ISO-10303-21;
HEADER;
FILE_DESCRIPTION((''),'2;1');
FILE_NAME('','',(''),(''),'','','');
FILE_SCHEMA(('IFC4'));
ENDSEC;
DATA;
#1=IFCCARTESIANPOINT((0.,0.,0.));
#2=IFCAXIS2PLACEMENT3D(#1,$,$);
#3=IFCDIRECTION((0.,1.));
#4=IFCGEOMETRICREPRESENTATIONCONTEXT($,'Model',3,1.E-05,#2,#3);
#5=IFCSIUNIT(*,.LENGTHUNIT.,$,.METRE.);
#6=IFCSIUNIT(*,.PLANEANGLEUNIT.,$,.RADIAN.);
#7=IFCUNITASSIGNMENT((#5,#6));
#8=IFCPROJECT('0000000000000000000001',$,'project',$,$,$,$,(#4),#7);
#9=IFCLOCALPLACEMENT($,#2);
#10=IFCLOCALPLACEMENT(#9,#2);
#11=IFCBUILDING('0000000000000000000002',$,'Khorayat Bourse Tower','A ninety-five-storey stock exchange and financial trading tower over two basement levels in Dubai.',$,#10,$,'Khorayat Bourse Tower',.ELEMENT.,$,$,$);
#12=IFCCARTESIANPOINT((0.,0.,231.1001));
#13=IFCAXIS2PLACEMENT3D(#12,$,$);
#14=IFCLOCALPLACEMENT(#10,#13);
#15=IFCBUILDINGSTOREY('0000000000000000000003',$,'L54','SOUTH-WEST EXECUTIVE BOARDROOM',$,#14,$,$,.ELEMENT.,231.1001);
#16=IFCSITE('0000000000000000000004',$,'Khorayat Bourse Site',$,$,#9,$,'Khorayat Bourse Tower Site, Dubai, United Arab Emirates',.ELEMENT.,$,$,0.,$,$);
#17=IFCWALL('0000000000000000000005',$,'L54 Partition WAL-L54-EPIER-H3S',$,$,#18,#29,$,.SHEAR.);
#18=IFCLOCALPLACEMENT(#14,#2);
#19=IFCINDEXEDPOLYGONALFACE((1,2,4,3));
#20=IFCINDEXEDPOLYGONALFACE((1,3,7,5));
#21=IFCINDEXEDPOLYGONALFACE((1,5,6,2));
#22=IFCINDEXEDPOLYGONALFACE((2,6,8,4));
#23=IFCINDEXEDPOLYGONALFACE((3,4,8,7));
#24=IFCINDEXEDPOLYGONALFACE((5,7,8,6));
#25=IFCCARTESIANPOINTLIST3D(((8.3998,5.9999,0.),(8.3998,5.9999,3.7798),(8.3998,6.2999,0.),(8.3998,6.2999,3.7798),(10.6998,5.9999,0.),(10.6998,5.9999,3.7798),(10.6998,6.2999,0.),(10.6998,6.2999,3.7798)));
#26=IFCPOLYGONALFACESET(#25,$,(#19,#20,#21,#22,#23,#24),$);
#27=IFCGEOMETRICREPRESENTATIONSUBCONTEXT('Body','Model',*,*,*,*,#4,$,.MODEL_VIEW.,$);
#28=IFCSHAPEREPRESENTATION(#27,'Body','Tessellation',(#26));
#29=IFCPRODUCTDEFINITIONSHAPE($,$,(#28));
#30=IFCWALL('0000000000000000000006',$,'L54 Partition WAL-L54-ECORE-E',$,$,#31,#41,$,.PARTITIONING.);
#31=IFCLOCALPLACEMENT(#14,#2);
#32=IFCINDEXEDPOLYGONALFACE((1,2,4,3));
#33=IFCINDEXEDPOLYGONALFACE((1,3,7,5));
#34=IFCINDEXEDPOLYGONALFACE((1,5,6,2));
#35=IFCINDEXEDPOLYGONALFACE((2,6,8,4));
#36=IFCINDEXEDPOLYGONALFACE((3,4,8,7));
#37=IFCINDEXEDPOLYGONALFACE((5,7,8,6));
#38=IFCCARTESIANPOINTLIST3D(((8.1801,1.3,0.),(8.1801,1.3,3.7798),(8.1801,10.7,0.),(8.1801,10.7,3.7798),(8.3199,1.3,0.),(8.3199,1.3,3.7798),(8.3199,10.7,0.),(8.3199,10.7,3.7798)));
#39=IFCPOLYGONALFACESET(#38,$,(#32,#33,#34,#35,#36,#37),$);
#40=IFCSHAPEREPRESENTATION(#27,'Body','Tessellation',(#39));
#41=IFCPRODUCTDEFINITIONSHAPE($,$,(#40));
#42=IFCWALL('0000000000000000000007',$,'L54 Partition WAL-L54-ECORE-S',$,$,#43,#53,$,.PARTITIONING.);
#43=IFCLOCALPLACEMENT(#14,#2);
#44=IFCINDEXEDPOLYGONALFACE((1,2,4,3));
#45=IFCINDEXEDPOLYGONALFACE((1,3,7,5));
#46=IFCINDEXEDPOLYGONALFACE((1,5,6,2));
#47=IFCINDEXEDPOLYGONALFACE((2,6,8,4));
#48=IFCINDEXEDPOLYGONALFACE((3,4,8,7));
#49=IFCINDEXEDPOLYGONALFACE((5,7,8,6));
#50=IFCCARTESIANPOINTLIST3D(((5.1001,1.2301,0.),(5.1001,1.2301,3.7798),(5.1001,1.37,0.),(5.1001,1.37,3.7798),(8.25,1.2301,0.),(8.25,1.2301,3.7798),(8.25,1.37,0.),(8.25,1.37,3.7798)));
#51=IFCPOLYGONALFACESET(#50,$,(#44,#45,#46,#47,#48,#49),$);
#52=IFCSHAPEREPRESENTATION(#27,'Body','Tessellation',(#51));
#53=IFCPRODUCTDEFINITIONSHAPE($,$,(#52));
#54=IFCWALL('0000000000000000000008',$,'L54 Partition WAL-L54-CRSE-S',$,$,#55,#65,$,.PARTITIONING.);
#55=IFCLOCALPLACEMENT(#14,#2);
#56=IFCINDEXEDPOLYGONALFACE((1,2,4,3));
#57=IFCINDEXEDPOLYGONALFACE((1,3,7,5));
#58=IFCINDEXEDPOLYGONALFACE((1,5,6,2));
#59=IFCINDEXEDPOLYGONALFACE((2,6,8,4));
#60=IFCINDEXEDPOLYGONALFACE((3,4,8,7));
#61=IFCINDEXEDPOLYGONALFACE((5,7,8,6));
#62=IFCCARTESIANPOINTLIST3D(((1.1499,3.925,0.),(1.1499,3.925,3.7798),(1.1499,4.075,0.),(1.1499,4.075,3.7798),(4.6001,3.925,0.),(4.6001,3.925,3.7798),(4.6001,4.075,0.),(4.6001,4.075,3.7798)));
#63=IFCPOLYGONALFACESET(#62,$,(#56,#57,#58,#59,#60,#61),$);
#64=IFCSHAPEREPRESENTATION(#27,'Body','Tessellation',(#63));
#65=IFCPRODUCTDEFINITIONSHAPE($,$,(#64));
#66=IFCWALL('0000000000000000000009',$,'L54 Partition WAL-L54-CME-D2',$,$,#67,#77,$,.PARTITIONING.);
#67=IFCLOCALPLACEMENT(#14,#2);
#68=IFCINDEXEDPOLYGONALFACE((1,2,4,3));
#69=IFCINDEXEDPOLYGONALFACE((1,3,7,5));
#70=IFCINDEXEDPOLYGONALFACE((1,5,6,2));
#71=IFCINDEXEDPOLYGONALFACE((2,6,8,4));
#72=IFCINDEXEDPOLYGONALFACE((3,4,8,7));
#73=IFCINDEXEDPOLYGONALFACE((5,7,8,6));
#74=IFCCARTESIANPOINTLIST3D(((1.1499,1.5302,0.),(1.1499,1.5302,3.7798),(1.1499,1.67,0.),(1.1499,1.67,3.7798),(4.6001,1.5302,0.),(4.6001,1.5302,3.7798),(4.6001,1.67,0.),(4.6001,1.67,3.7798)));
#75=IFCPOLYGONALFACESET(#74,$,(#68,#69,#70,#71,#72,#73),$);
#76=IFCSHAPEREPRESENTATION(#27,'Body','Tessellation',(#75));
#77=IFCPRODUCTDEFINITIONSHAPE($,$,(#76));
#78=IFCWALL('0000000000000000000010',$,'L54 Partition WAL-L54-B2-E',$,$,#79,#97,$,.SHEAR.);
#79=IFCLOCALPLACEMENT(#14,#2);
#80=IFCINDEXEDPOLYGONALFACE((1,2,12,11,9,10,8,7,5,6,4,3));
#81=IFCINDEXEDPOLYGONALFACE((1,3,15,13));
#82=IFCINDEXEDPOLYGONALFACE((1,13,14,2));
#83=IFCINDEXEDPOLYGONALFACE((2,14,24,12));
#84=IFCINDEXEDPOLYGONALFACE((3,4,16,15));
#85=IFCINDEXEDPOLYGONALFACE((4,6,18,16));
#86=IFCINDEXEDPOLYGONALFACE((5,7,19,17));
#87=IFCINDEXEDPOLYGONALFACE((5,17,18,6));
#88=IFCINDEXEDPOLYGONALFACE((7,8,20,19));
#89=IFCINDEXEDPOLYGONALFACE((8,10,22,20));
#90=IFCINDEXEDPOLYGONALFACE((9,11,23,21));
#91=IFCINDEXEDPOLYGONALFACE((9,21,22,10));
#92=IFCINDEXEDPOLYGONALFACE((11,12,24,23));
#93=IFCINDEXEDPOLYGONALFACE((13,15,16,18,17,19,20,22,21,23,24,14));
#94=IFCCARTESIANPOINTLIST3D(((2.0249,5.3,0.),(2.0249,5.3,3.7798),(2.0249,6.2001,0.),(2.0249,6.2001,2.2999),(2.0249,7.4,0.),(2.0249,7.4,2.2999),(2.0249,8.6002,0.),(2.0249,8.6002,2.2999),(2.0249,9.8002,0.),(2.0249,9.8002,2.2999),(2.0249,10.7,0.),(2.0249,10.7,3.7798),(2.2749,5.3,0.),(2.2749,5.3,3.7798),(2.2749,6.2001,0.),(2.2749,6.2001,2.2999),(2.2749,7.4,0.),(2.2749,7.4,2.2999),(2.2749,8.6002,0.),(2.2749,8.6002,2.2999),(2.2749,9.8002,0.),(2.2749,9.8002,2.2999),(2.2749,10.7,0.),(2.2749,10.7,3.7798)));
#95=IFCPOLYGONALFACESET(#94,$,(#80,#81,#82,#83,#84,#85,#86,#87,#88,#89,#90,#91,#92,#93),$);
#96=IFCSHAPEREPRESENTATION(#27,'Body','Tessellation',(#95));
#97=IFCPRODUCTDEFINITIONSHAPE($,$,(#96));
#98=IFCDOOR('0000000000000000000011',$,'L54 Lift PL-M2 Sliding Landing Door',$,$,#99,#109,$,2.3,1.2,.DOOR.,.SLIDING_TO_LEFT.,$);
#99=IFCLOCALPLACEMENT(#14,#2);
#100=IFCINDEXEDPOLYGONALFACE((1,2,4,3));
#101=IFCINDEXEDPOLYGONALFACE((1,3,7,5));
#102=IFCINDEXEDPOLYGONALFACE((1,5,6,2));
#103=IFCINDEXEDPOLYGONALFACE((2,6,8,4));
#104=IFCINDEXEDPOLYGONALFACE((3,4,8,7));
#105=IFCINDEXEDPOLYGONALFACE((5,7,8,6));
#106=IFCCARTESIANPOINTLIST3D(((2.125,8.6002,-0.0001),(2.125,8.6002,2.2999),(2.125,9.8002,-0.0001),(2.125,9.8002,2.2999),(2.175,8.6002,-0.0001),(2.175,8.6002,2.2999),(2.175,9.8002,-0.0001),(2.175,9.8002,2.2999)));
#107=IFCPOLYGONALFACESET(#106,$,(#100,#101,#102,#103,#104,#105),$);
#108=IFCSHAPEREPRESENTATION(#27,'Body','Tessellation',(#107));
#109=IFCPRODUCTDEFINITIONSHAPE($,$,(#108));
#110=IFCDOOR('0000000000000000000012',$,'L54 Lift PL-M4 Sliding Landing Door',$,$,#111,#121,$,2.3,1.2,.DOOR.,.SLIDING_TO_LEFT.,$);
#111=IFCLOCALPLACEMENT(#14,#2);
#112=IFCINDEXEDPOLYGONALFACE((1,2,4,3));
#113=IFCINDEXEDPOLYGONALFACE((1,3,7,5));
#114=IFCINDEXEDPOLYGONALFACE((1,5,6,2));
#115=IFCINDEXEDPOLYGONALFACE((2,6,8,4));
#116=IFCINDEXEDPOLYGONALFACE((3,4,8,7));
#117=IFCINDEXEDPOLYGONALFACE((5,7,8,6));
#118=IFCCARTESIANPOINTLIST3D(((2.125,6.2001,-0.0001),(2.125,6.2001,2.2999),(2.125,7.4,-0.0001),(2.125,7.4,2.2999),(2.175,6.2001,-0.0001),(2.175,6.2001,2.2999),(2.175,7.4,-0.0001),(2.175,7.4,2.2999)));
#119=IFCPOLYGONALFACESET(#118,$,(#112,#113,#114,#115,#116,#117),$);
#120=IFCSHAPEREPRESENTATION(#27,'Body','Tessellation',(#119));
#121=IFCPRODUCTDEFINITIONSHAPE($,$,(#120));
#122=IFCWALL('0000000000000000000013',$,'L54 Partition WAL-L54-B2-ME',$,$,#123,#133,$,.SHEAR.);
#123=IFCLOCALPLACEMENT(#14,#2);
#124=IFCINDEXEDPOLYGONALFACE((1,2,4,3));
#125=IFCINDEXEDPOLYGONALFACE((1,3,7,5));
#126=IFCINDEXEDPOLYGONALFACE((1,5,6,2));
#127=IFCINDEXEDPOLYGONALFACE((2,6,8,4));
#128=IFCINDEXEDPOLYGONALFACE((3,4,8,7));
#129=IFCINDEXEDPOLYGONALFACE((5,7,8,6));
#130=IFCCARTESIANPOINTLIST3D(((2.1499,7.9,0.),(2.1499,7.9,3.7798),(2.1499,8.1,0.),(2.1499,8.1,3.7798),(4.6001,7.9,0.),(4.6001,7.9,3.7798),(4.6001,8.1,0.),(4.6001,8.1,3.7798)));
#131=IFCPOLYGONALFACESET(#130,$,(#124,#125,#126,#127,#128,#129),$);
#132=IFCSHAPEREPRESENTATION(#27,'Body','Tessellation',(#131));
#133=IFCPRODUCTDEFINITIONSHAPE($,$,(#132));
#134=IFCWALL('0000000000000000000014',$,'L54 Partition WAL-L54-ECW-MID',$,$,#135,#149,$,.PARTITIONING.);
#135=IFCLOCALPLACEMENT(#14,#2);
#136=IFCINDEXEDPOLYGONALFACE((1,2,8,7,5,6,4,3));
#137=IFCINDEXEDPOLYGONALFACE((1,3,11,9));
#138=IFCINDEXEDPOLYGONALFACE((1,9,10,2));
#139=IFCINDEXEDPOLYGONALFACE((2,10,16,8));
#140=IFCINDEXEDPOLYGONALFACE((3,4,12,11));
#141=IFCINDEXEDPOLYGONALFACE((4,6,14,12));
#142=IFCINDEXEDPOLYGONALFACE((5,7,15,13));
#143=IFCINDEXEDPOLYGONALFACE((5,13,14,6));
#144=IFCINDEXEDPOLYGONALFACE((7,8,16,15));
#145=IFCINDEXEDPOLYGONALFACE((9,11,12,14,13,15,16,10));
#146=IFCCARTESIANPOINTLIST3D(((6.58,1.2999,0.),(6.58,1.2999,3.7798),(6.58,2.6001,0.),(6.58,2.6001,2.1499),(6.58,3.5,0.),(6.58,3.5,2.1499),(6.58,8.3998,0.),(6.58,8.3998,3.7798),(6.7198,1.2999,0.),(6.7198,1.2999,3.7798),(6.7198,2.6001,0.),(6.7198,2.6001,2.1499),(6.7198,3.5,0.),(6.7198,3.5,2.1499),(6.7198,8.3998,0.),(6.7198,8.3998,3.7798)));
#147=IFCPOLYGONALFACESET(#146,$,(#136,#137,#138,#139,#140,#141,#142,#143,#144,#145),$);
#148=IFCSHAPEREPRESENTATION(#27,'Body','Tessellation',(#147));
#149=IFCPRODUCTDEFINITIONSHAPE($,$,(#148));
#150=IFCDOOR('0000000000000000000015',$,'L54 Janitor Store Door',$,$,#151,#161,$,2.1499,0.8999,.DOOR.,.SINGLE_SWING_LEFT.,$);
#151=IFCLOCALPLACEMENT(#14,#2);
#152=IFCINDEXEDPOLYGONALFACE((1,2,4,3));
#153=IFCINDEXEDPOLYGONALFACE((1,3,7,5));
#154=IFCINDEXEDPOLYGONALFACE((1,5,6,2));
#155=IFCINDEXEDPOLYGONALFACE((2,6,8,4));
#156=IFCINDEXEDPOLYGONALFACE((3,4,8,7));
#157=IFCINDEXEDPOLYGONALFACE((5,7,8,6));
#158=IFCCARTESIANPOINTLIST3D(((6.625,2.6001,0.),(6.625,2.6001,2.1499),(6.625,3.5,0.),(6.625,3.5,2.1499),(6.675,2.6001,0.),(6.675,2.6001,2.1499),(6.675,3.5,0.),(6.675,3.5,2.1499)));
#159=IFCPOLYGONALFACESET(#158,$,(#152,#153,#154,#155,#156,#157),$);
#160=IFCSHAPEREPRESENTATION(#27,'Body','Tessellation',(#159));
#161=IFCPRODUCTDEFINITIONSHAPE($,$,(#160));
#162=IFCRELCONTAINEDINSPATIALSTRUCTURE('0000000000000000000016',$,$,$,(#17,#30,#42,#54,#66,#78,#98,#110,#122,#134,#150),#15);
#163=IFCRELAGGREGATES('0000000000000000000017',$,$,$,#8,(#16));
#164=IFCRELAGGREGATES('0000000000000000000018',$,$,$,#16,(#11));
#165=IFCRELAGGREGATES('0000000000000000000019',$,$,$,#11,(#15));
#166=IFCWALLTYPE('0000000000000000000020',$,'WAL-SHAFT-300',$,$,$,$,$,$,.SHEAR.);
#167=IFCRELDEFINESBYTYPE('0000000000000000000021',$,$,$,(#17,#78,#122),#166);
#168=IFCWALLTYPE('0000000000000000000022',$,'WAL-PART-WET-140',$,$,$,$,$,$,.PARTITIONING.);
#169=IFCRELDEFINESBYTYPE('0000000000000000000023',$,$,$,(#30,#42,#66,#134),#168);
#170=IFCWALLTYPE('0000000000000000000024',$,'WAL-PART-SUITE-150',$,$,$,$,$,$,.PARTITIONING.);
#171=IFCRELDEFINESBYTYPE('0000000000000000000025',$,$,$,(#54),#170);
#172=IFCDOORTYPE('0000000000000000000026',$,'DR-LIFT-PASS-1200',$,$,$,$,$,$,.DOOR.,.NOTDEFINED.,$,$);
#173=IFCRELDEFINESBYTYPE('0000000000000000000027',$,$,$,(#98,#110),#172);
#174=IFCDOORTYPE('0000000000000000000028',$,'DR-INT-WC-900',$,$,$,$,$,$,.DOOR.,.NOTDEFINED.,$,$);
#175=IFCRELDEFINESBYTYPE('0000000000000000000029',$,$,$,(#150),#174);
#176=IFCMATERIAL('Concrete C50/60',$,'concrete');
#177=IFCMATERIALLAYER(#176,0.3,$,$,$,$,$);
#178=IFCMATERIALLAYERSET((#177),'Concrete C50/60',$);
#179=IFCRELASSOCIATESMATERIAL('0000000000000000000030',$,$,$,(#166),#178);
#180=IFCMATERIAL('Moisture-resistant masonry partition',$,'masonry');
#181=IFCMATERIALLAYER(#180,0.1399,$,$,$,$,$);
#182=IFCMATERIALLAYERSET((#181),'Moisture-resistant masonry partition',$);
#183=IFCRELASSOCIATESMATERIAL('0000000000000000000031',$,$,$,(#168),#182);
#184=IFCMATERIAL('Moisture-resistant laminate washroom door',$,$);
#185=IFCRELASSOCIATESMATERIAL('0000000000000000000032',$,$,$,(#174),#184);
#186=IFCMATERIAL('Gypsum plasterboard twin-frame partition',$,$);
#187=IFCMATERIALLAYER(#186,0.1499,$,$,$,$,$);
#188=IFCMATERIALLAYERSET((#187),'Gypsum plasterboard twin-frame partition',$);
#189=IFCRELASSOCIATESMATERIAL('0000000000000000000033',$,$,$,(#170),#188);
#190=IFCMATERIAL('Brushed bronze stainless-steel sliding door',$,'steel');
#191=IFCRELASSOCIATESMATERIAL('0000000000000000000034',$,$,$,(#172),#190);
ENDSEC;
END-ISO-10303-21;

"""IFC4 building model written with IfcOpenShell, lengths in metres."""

from ifc_helpers import new_model, si_unit, direction, frame, frame_2d, origin, place, context, subcontext, project, spatial, rectangle, extrude, source, transform, mapped, material, layer, layer_set, type_object, element, fill, save


model = new_model("IFC4")

# Units and contexts
model_context = context("Model", 3, precision=1e-05, world=origin(), true_north=direction((0.0, 1.0)))
body_context = subcontext(model_context, "Body", "Model", "MODEL_VIEW")
ifc_project = project(units=[si_unit("LENGTHUNIT", "METRE"), si_unit("PLANEANGLEUNIT", "RADIAN")], contexts=[model_context])

# Site, building, storey
site_placement = place(None, origin())
site = spatial("IfcSite", under=ifc_project, at=site_placement, Name="Khorayat Bourse Site", LongName="Khorayat Bourse Tower Site, Dubai, United Arab Emirates", CompositionType="ELEMENT", RefElevation=0.0)
building_placement = place(site_placement, origin())
building = spatial("IfcBuilding", under=site, at=building_placement, Name="Khorayat Bourse Tower", Description="A ninety-five-storey stock exchange and financial trading tower over two basement levels in Dubai.", LongName="Khorayat Bourse Tower", CompositionType="ELEMENT")
storey_placement = place(building_placement, frame((0.0, 0.0, 231.1001)))
storey = spatial("IfcBuildingStorey", under=building, at=storey_placement, Name="L54", Description="SOUTH-WEST EXECUTIVE BOARDROOM", CompositionType="ELEMENT", Elevation=231.1001)

# Walls
ifc_material_1 = material(Name="Concrete C50/60", Category="concrete")
ifc_layer_1 = layer(ifc_material_1, 0.3)
ifc_layer_set_1 = layer_set([ifc_layer_1], Name="Concrete C50/60")
wall_type_1 = type_object("IfcWallType", Name="WAL-SHAFT-300", PredefinedType="SHEAR", material=ifc_layer_set_1)
shared_shape_1 = source(origin(), body_context, "Body", "SweptSolid", [
    extrude(rectangle(XDim=2.3, YDim=0.3, at=frame_2d((1.1499, 0.0))), origin(), (0.0, 0.0, 1.0), 3.7798),
])
for number, where, z_axis, x_axis, name in (
    (1, (8.3999, 6.1499, 0.0), (0.0, 0.0, 1.0), (1.0, 0.0, 0.0), "L54 Partition WAL-L54-EPIER-H3S"),
):
    element("IfcWall", number, at=place(storey_placement, frame(where, z_axis=z_axis, x_axis=x_axis)), inside=storey, type_object=wall_type_1, Name=name, PredefinedType="SHEAR", context=body_context, shape_type="MappedRepresentation", body=[
        mapped(shared_shape_1, transform((0.0, 0.0, 0.0), scale=1.0)),
    ])
ifc_material_2 = material(Name="Moisture-resistant masonry partition", Category="masonry")
ifc_layer_2 = layer(ifc_material_2, 0.1399)
ifc_layer_set_2 = layer_set([ifc_layer_2], Name="Moisture-resistant masonry partition")
wall_type_2 = type_object("IfcWallType", Name="WAL-PART-WET-140", PredefinedType="PARTITIONING", material=ifc_layer_set_2)
shared_shape_2 = source(origin(), body_context, "Body", "SweptSolid", [
    extrude(rectangle(XDim=9.3999, YDim=0.1399, at=frame_2d((4.7, 0.0))), origin(), (0.0, 0.0, 1.0), 3.7798),
])
wall_1_placement = place(storey_placement, frame((8.25, 1.3, 0.0), z_axis=(0.0, 0.0, 1.0), x_axis=(0.0, 1.0, 0.0)))
element("IfcWall", 2, at=wall_1_placement, inside=storey, type_object=wall_type_2, Name="L54 Partition WAL-L54-ECORE-E", PredefinedType="PARTITIONING", context=body_context, shape_type="MappedRepresentation", body=[
    mapped(shared_shape_2, transform((0.0, 0.0, 0.0), scale=1.0)),
])
shared_shape_3 = source(origin(), body_context, "Body", "SweptSolid", [
    extrude(rectangle(XDim=3.1499, YDim=0.1399, at=frame_2d((1.575, 0.0))), origin(), (0.0, 0.0, 1.0), 3.7798),
])
wall_2_placement = place(storey_placement, frame((5.1001, 1.3, 0.0), z_axis=(0.0, 0.0, 1.0), x_axis=(1.0, 0.0, 0.0)))
element("IfcWall", 3, at=wall_2_placement, inside=storey, type_object=wall_type_2, Name="L54 Partition WAL-L54-ECORE-S", PredefinedType="PARTITIONING", context=body_context, shape_type="MappedRepresentation", body=[
    mapped(shared_shape_3, transform((0.0, 0.0, 0.0), scale=1.0)),
])

# Shared definitions
shared_shape_4 = source(origin(), body_context, "Body", "SweptSolid", [
    extrude(rectangle(XDim=0.8999, YDim=2.1499, at=frame_2d((0.45, 1.075))), frame((0.0, 0.0798, 0.0), z_axis=(0.0, -1.0, 0.0), x_axis=(1.0, 0.0, 0.0)), (0.0, 0.0, 1.0), 0.1599),
])
ifc_material_3 = material(Name="Moisture-resistant laminate washroom door")
door_type_1 = type_object("IfcDoorType", Name="DR-INT-WC-900", OperationType="NOTDEFINED", PredefinedType="DOOR", material=ifc_material_3)
shared_shape_5 = source(origin(), body_context, "Body", "SweptSolid", [
    extrude(rectangle(XDim=0.8999, YDim=2.1499, at=frame_2d((0.45, 1.075))), frame((0.0, 0.0249, 0.0), z_axis=(0.0, -1.0, 0.0), x_axis=(1.0, 0.0, 0.0)), (0.0, 0.0, 1.0), 0.05),
])

# Walls
ifc_material_4 = material(Name="Gypsum plasterboard twin-frame partition")
ifc_layer_3 = layer(ifc_material_4, 0.1499)
ifc_layer_set_3 = layer_set([ifc_layer_3], Name="Gypsum plasterboard twin-frame partition")
wall_type_3 = type_object("IfcWallType", Name="WAL-PART-SUITE-150", PredefinedType="PARTITIONING", material=ifc_layer_set_3)
shared_shape_6 = source(origin(), body_context, "Body", "SweptSolid", [
    extrude(rectangle(XDim=3.4502, YDim=0.1499, at=frame_2d((1.7251, 0.0))), origin(), (0.0, 0.0, 1.0), 3.7798),
])
wall_3_placement = place(storey_placement, frame((1.1499, 4.0, 0.0), z_axis=(0.0, 0.0, 1.0), x_axis=(1.0, 0.0, 0.0)))
element("IfcWall", 4, at=wall_3_placement, inside=storey, type_object=wall_type_3, Name="L54 Partition WAL-L54-CRSE-S", PredefinedType="PARTITIONING", context=body_context, shape_type="MappedRepresentation", body=[
    mapped(shared_shape_6, transform((0.0, 0.0, 0.0), scale=1.0)),
])
shared_shape_7 = source(origin(), body_context, "Body", "SweptSolid", [
    extrude(rectangle(XDim=3.4502, YDim=0.1399, at=frame_2d((1.7251, 0.0))), origin(), (0.0, 0.0, 1.0), 3.7798),
])
wall_4_placement = place(storey_placement, frame((1.1499, 1.6001, 0.0), z_axis=(0.0, 0.0, 1.0), x_axis=(1.0, 0.0, 0.0)))
element("IfcWall", 5, at=wall_4_placement, inside=storey, type_object=wall_type_2, Name="L54 Partition WAL-L54-CME-D2", PredefinedType="PARTITIONING", context=body_context, shape_type="MappedRepresentation", body=[
    mapped(shared_shape_7, transform((0.0, 0.0, 0.0), scale=1.0)),
])

# Wall, openings, doors
shared_shape_8 = source(origin(), body_context, "Body", "SweptSolid", [
    extrude(rectangle(XDim=5.3999, YDim=0.25, at=frame_2d((2.7, 0.0))), origin(), (0.0, 0.0, 1.0), 3.7798),
])
wall_5_placement = place(storey_placement, frame((2.1499, 5.3, 0.0), z_axis=(0.0, 0.0, 1.0), x_axis=(0.0, 1.0, 0.0)))
wall_5 = element("IfcWall", 6, at=wall_5_placement, inside=storey, type_object=wall_type_1, Name="L54 Partition WAL-L54-B2-E", PredefinedType="SHEAR", context=body_context, shape_type="MappedRepresentation", body=[
    mapped(shared_shape_8, transform((0.0, 0.0, 0.0), scale=1.0)),
])
shared_shape_9 = source(origin(), body_context, "Body", "SweptSolid", [
    extrude(rectangle(XDim=1.2, YDim=2.3, at=frame_2d((0.6001, 1.1499))), frame((0.0, 0.135, 0.0), z_axis=(0.0, -1.0, 0.0), x_axis=(1.0, 0.0, 0.0)), (0.0, 0.0, 1.0), 0.27),
])
opening_1_placement = place(wall_5_placement, frame((3.3, 0.0, 0.0)))
opening_1 = element("IfcOpeningElement", 7, at=opening_1_placement, cuts=wall_5, PredefinedType="OPENING", context=body_context, shape_type="MappedRepresentation", body=[
    mapped(shared_shape_9, transform((0.0, 0.0, 0.0), scale=1.0)),
])
opening_2_placement = place(wall_5_placement, frame((0.8999, 0.0, 0.0)))
opening_2 = element("IfcOpeningElement", 8, at=opening_2_placement, cuts=wall_5, PredefinedType="OPENING", context=body_context, shape_type="MappedRepresentation", body=[
    mapped(shared_shape_9, transform((0.0, 0.0, 0.0), scale=1.0)),
])
ifc_material_5 = material(Name="Brushed bronze stainless-steel sliding door", Category="steel")
door_type_2 = type_object("IfcDoorType", Name="DR-LIFT-PASS-1200", OperationType="NOTDEFINED", PredefinedType="DOOR", material=ifc_material_5)
shared_shape_10 = source(origin(), body_context, "Body", "SweptSolid", [
    extrude(rectangle(XDim=1.2, YDim=2.3, at=frame_2d((0.6001, 1.1499))), frame((0.0, 0.0249, 0.0), z_axis=(0.0, -1.0, 0.0), x_axis=(1.0, 0.0, 0.0)), (0.0, 0.0, 1.0), 0.05),
])
door_1_placement = place(opening_1_placement, origin())
door_1 = element("IfcDoor", 9, at=door_1_placement, inside=storey, type_object=door_type_2, Name="L54 Lift PL-M2 Sliding Landing Door", OperationType="SLIDING_TO_LEFT", OverallHeight=2.3, OverallWidth=1.2, PredefinedType="DOOR", context=body_context, shape_type="MappedRepresentation", body=[
    mapped(shared_shape_10, transform((0.0, 0.0, 0.0), scale=1.0)),
])
fill(opening_1, door_1)
door_2_placement = place(opening_2_placement, origin())
door_2 = element("IfcDoor", 10, at=door_2_placement, inside=storey, type_object=door_type_2, Name="L54 Lift PL-M4 Sliding Landing Door", OperationType="SLIDING_TO_LEFT", OverallHeight=2.3, OverallWidth=1.2, PredefinedType="DOOR", context=body_context, shape_type="MappedRepresentation", body=[
    mapped(shared_shape_10, transform((0.0, 0.0, 0.0), scale=1.0)),
])
fill(opening_2, door_2)

# Wall
shared_shape_11 = source(origin(), body_context, "Body", "SweptSolid", [
    extrude(rectangle(XDim=2.4502, YDim=0.2, at=frame_2d((1.2251, 0.0))), origin(), (0.0, 0.0, 1.0), 3.7798),
])
wall_6_placement = place(storey_placement, frame((2.1499, 8.0, 0.0), z_axis=(0.0, 0.0, 1.0), x_axis=(1.0, 0.0, 0.0)))
element("IfcWall", 11, at=wall_6_placement, inside=storey, type_object=wall_type_1, Name="L54 Partition WAL-L54-B2-ME", PredefinedType="SHEAR", context=body_context, shape_type="MappedRepresentation", body=[
    mapped(shared_shape_11, transform((0.0, 0.0, 0.0), scale=1.0)),
])

# Wall, opening, door
shared_shape_12 = source(origin(), body_context, "Body", "SweptSolid", [
    extrude(rectangle(XDim=7.0999, YDim=0.1399, at=frame_2d((3.5498, 0.0))), origin(), (0.0, 0.0, 1.0), 3.7798),
])
wall_7_placement = place(storey_placement, frame((6.6499, 1.3, 0.0), z_axis=(0.0, 0.0, 1.0), x_axis=(0.0, 1.0, 0.0)))
wall_7 = element("IfcWall", 12, at=wall_7_placement, inside=storey, type_object=wall_type_2, Name="L54 Partition WAL-L54-ECW-MID", PredefinedType="PARTITIONING", context=body_context, shape_type="MappedRepresentation", body=[
    mapped(shared_shape_12, transform((0.0, 0.0, 0.0), scale=1.0)),
])
opening_3_placement = place(wall_7_placement, frame((1.3, 0.0, 0.0)))
opening_3 = element("IfcOpeningElement", 13, at=opening_3_placement, cuts=wall_7, PredefinedType="OPENING", context=body_context, shape_type="MappedRepresentation", body=[
    mapped(shared_shape_4, transform((0.0, 0.0, 0.0), scale=1.0)),
])
door_3_placement = place(opening_3_placement, origin())
door_3 = element("IfcDoor", 14, at=door_3_placement, inside=storey, type_object=door_type_1, Name="L54 Janitor Store Door", OperationType="SINGLE_SWING_LEFT", OverallHeight=2.1499, OverallWidth=0.8999, PredefinedType="DOOR", context=body_context, shape_type="MappedRepresentation", body=[
    mapped(shared_shape_5, transform((0.0, 0.0, 0.0), scale=1.0)),
])
fill(opening_3, door_3)

save(model, "model.ifc")
